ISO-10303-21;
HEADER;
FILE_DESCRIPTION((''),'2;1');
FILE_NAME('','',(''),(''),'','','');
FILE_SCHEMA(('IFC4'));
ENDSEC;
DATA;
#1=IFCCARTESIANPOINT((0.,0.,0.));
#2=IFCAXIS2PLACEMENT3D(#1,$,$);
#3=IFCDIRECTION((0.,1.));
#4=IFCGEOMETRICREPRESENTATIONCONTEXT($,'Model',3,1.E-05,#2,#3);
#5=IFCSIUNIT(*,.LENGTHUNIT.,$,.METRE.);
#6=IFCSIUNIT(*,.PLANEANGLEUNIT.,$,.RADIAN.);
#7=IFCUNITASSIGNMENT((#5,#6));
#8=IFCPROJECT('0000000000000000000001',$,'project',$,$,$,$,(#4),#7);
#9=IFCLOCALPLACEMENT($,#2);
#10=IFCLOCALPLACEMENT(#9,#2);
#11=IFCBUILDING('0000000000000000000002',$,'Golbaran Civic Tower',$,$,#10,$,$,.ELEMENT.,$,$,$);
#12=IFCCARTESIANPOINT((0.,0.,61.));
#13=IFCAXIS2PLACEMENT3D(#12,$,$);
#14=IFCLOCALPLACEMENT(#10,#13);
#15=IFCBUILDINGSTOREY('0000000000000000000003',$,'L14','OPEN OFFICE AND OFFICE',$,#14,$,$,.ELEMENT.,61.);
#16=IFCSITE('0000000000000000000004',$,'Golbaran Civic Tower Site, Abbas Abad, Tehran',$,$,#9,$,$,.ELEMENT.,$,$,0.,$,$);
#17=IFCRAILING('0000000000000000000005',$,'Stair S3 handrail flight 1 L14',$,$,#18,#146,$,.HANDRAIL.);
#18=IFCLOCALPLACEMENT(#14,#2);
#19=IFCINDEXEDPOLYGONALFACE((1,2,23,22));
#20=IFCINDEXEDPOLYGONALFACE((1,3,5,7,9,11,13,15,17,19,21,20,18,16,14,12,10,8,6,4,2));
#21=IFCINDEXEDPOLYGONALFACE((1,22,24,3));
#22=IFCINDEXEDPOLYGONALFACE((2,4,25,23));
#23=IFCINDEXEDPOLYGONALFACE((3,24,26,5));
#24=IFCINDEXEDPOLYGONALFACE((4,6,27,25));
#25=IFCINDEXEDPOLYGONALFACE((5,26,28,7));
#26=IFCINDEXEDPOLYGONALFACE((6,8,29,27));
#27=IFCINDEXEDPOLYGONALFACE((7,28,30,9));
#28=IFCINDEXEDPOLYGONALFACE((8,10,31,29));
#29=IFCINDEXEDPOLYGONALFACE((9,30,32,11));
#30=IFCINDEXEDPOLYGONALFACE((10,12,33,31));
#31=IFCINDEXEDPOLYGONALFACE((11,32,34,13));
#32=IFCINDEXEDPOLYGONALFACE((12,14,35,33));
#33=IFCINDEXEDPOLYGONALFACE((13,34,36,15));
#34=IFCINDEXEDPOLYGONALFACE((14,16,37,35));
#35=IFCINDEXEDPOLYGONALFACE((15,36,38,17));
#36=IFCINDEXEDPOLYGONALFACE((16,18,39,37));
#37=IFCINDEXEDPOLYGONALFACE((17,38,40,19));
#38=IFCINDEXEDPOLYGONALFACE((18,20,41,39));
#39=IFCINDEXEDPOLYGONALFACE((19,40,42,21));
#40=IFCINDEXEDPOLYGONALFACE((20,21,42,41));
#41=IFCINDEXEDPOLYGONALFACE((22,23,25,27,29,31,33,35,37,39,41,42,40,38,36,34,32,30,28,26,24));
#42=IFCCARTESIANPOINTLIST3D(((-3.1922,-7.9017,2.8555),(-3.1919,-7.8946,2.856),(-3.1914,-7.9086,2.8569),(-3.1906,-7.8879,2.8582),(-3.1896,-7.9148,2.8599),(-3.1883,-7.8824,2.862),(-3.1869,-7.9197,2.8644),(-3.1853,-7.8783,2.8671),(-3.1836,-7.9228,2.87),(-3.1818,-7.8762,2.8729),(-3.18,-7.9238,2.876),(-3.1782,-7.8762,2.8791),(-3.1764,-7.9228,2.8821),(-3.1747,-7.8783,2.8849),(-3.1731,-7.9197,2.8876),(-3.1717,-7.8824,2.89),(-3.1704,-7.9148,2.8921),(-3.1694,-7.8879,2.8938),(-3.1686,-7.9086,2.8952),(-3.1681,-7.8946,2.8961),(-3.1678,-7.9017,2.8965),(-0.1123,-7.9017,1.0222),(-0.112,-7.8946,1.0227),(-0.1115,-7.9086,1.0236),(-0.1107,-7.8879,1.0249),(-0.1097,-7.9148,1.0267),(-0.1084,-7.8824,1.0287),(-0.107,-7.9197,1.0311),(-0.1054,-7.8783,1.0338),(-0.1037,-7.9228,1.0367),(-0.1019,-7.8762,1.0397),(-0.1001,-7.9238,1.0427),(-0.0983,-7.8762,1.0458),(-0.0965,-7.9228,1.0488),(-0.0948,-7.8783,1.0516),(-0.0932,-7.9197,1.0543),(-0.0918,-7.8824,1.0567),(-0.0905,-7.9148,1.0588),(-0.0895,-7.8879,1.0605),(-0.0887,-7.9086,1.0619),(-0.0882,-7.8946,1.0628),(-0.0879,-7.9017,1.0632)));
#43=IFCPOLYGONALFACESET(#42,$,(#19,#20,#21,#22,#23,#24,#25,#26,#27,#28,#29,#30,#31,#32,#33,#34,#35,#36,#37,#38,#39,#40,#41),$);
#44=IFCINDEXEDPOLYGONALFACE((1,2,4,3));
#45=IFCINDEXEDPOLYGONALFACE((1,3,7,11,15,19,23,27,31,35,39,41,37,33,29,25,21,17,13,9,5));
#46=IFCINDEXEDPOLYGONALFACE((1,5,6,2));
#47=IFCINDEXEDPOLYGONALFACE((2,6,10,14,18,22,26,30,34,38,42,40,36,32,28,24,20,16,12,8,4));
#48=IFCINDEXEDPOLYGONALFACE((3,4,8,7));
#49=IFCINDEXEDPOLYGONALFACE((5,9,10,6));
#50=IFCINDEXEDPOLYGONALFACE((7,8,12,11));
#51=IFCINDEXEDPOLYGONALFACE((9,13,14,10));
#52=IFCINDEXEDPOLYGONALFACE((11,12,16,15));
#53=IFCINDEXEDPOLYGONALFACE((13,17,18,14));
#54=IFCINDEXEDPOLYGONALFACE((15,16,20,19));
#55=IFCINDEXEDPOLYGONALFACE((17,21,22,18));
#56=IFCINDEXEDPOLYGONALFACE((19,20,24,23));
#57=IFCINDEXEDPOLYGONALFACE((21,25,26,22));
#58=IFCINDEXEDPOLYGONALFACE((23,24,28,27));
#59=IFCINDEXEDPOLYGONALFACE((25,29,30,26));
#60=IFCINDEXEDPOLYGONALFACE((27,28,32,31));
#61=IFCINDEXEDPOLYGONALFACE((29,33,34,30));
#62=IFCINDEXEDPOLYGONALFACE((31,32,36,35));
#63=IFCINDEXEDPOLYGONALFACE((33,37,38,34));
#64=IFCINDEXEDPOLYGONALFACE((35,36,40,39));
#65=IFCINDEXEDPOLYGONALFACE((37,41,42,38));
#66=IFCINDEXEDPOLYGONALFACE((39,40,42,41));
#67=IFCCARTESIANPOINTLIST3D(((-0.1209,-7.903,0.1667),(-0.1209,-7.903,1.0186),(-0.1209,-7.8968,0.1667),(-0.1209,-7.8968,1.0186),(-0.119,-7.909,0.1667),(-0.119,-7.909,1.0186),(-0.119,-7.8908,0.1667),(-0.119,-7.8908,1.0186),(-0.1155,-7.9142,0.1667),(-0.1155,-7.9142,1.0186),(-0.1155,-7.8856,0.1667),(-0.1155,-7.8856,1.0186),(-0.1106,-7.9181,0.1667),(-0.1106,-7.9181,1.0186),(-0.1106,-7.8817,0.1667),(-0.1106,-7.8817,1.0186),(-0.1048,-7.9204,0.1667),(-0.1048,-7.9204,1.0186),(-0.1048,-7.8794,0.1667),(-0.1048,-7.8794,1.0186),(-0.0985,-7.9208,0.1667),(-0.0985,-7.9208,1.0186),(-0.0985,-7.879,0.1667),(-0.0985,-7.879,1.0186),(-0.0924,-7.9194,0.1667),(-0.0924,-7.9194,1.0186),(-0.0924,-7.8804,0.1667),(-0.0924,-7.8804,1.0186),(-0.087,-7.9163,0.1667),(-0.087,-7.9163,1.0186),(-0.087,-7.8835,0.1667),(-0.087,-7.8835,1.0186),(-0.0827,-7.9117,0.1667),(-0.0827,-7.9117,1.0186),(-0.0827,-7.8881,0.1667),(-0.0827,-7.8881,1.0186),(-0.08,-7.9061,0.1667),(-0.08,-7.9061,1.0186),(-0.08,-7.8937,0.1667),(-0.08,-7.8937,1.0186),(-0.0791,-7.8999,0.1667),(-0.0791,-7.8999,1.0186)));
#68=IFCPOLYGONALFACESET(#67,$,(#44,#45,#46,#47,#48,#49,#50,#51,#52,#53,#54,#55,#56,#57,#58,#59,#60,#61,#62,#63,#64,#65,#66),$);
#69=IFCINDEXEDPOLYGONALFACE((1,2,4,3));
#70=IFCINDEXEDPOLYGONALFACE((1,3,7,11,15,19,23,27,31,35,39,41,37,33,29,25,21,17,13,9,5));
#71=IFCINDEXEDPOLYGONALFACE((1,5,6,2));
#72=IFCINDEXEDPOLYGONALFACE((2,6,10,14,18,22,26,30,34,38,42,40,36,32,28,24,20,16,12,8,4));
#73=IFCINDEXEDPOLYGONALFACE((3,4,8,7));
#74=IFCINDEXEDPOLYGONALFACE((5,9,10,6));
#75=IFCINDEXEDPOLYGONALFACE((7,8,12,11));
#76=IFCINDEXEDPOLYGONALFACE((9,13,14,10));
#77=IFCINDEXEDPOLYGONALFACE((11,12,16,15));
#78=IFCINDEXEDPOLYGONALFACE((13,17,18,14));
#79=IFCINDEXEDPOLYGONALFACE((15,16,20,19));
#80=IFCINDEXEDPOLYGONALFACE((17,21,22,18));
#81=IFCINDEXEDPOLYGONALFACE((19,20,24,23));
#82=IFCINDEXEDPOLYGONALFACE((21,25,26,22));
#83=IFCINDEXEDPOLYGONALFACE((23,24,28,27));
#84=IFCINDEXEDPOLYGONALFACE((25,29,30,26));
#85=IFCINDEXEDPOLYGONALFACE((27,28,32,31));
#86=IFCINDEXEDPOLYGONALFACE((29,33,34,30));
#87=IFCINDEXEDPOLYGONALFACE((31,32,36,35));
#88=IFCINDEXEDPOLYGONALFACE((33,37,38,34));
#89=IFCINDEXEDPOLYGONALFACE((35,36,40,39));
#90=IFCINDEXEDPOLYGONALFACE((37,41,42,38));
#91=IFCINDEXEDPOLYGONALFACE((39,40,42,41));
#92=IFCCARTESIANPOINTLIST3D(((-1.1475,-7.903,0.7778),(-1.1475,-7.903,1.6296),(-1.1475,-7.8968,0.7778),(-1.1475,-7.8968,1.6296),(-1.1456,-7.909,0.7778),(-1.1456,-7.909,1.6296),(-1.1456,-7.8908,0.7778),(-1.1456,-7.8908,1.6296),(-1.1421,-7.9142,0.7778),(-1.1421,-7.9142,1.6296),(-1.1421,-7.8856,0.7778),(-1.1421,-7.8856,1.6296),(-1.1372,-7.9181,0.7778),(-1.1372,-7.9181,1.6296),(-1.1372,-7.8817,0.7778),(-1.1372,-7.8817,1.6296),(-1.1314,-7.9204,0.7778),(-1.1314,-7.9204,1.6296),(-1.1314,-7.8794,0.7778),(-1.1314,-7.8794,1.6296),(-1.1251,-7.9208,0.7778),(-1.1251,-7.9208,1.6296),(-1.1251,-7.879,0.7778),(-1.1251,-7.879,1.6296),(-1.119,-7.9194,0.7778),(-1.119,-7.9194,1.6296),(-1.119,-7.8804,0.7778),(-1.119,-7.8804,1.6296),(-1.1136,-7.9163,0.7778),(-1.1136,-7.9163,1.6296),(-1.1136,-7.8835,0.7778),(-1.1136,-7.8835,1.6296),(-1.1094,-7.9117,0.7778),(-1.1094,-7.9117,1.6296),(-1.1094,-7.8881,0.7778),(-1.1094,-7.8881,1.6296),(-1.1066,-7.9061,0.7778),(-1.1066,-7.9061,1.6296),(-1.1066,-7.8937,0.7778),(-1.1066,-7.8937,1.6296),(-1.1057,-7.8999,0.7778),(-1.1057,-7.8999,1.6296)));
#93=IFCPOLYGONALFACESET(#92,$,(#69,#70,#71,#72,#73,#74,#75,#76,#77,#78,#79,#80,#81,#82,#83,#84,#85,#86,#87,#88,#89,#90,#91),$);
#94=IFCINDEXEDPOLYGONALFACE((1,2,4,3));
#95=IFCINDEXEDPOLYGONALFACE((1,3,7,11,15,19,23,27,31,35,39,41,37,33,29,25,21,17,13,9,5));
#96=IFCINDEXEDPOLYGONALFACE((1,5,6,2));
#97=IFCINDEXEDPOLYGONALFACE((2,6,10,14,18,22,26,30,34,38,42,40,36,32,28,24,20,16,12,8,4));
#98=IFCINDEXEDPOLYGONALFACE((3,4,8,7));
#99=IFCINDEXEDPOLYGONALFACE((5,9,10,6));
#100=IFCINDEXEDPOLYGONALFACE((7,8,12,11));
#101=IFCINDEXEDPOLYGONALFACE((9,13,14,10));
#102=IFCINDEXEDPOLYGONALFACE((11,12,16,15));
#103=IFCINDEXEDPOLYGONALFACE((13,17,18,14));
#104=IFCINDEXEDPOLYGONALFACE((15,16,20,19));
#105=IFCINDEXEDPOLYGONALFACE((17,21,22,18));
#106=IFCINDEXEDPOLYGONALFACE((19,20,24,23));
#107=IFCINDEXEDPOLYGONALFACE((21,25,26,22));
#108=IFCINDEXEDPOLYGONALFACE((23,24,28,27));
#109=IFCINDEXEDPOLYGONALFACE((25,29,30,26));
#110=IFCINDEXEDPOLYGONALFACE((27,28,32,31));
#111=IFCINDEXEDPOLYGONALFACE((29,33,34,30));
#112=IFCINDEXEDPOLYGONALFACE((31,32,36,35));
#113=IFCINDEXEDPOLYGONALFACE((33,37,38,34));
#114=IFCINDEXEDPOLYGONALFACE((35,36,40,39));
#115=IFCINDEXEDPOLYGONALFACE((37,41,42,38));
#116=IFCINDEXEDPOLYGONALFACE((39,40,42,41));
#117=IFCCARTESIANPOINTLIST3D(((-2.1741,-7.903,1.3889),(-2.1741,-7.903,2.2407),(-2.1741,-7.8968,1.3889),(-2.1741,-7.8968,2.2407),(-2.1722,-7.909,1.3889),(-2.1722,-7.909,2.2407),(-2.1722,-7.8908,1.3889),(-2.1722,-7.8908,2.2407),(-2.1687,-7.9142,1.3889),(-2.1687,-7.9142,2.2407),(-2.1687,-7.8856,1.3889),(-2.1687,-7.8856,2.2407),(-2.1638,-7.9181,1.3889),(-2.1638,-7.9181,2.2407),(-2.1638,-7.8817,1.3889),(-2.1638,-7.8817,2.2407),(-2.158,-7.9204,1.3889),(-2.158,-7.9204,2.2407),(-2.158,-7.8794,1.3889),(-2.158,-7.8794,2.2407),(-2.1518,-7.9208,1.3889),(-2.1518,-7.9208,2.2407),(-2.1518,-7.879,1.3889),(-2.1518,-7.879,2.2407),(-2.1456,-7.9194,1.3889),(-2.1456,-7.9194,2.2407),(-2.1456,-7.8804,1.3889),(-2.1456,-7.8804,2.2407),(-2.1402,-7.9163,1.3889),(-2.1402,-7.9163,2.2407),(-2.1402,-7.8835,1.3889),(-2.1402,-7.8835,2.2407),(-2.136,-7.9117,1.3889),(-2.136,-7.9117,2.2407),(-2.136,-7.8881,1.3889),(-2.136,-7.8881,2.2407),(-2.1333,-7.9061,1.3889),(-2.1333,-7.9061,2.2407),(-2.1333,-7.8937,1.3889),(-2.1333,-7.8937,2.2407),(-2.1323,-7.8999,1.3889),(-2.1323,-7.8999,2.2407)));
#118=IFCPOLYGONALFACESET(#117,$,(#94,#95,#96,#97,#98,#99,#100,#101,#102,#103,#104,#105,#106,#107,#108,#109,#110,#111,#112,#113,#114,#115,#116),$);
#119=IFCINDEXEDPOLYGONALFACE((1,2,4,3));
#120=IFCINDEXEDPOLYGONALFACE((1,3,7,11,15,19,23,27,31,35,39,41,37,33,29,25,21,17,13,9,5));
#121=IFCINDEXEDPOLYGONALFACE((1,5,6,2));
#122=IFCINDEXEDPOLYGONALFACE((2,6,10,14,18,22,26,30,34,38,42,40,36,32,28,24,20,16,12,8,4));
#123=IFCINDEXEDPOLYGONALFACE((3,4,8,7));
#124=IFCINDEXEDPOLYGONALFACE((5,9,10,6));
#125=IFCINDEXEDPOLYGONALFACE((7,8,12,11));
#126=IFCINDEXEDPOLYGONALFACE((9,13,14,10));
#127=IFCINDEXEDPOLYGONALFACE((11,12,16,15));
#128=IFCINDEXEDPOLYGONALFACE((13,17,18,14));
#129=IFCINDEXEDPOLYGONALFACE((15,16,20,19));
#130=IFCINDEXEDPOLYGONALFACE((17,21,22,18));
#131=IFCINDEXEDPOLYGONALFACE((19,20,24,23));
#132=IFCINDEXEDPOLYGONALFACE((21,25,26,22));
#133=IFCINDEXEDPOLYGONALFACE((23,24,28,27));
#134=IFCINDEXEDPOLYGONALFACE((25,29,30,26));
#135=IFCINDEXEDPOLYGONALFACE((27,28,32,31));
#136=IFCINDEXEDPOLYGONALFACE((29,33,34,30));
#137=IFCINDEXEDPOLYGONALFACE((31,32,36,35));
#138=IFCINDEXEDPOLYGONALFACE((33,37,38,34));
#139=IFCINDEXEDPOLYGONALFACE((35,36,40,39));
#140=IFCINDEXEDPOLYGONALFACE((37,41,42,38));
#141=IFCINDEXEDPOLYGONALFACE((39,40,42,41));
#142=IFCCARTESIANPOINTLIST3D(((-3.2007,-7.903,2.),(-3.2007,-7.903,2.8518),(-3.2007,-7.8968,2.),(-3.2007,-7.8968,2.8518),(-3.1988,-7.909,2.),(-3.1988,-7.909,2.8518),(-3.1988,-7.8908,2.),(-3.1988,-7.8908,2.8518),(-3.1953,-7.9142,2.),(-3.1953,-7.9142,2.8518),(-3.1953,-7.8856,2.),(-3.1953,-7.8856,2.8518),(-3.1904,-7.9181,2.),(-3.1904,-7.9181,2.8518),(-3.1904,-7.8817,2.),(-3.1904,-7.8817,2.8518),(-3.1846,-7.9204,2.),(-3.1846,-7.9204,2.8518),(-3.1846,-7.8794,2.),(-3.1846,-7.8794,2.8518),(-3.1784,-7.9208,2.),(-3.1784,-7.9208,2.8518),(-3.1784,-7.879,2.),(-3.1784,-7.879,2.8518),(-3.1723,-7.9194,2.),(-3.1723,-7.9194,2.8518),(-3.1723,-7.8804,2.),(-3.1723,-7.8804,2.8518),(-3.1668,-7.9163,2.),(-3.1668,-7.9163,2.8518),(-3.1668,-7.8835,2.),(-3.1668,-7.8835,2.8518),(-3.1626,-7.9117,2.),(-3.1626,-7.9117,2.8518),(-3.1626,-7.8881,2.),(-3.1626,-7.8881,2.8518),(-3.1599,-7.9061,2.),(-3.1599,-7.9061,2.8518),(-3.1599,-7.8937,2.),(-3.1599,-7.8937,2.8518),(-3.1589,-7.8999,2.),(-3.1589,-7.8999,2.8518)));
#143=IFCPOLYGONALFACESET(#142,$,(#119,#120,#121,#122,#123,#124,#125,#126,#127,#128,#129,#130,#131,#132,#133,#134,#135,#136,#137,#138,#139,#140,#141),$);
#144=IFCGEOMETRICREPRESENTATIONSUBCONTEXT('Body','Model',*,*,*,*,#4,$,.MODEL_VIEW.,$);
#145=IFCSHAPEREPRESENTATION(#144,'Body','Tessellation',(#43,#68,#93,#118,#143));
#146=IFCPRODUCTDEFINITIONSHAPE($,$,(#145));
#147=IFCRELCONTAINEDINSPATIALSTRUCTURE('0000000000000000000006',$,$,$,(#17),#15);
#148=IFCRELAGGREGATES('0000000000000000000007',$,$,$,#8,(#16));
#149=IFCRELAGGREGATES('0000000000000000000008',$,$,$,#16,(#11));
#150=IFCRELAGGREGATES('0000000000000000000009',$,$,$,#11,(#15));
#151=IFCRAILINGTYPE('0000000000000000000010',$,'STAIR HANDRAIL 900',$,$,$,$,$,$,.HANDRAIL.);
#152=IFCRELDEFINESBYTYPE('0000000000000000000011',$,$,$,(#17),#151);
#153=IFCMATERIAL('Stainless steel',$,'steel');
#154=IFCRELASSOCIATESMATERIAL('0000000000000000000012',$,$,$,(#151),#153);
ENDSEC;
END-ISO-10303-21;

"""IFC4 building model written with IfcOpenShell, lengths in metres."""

from ifc_helpers import new_model, si_unit, direction, frame, origin, origin_2d, place, context, subcontext, project, spatial, circle, extrude, material, type_object, element, save


model = new_model("IFC4")

# Units and contexts
model_context = context("Model", 3, precision=1e-05, world=origin(), true_north=direction((0.0, 1.0)))
body_context = subcontext(model_context, "Body", "Model", "MODEL_VIEW")
ifc_project = project(units=[si_unit("LENGTHUNIT", "METRE"), si_unit("PLANEANGLEUNIT", "RADIAN")], contexts=[model_context])

# Site, building, storey
site_placement = place(None, origin())
site = spatial("IfcSite", under=ifc_project, at=site_placement, Name="Golbaran Civic Tower Site, Abbas Abad, Tehran", CompositionType="ELEMENT", RefElevation=0.0)
building_placement = place(site_placement, origin())
building = spatial("IfcBuilding", under=site, at=building_placement, Name="Golbaran Civic Tower", CompositionType="ELEMENT")
storey_placement = place(building_placement, frame((0.0, 0.0, 61.0)))
storey = spatial("IfcBuildingStorey", under=building, at=storey_placement, Name="L14", Description="OPEN OFFICE AND OFFICE", CompositionType="ELEMENT", Elevation=61.0)

# Shared definitions
ifc_material_1 = material(Name="Stainless steel", Category="steel")

# Railing
railing_type = type_object("IfcRailingType", Name="STAIR HANDRAIL 900", PredefinedType="HANDRAIL", material=ifc_material_1)
railing_1_placement = place(storey_placement, frame((-0.1001, -7.8999, 0.1667)))
element("IfcRailing", 1, at=railing_1_placement, inside=storey, type_object=railing_type, Name="Stair S3 handrail flight 1 L14", PredefinedType="HANDRAIL", context=body_context, shape_type="SweptSolid", body=[
    extrude(circle(Radius=0.0239, at=origin_2d()), frame((0.0, 0.0, 0.876), z_axis=(-0.859291, 0.0, 0.511487), x_axis=(0.0, -1.0, 0.0)), (0.0, 0.0, 1.0), 3.5842),
    extrude(circle(Radius=0.021, at=origin_2d()), origin(), (0.0, 0.0, 1.0), 0.8518),
    extrude(circle(Radius=0.021, at=origin_2d()), frame((-1.0266, 0.0, 0.6111)), (0.0, 0.0, 1.0), 0.8518),
    extrude(circle(Radius=0.021, at=origin_2d()), frame((-2.0532, 0.0, 1.2222)), (0.0, 0.0, 1.0), 0.8518),
    extrude(circle(Radius=0.021, at=origin_2d()), frame((-3.0798, 0.0, 1.8333)), (0.0, 0.0, 1.0), 0.8518),
])

save(model, "model.ifc")
